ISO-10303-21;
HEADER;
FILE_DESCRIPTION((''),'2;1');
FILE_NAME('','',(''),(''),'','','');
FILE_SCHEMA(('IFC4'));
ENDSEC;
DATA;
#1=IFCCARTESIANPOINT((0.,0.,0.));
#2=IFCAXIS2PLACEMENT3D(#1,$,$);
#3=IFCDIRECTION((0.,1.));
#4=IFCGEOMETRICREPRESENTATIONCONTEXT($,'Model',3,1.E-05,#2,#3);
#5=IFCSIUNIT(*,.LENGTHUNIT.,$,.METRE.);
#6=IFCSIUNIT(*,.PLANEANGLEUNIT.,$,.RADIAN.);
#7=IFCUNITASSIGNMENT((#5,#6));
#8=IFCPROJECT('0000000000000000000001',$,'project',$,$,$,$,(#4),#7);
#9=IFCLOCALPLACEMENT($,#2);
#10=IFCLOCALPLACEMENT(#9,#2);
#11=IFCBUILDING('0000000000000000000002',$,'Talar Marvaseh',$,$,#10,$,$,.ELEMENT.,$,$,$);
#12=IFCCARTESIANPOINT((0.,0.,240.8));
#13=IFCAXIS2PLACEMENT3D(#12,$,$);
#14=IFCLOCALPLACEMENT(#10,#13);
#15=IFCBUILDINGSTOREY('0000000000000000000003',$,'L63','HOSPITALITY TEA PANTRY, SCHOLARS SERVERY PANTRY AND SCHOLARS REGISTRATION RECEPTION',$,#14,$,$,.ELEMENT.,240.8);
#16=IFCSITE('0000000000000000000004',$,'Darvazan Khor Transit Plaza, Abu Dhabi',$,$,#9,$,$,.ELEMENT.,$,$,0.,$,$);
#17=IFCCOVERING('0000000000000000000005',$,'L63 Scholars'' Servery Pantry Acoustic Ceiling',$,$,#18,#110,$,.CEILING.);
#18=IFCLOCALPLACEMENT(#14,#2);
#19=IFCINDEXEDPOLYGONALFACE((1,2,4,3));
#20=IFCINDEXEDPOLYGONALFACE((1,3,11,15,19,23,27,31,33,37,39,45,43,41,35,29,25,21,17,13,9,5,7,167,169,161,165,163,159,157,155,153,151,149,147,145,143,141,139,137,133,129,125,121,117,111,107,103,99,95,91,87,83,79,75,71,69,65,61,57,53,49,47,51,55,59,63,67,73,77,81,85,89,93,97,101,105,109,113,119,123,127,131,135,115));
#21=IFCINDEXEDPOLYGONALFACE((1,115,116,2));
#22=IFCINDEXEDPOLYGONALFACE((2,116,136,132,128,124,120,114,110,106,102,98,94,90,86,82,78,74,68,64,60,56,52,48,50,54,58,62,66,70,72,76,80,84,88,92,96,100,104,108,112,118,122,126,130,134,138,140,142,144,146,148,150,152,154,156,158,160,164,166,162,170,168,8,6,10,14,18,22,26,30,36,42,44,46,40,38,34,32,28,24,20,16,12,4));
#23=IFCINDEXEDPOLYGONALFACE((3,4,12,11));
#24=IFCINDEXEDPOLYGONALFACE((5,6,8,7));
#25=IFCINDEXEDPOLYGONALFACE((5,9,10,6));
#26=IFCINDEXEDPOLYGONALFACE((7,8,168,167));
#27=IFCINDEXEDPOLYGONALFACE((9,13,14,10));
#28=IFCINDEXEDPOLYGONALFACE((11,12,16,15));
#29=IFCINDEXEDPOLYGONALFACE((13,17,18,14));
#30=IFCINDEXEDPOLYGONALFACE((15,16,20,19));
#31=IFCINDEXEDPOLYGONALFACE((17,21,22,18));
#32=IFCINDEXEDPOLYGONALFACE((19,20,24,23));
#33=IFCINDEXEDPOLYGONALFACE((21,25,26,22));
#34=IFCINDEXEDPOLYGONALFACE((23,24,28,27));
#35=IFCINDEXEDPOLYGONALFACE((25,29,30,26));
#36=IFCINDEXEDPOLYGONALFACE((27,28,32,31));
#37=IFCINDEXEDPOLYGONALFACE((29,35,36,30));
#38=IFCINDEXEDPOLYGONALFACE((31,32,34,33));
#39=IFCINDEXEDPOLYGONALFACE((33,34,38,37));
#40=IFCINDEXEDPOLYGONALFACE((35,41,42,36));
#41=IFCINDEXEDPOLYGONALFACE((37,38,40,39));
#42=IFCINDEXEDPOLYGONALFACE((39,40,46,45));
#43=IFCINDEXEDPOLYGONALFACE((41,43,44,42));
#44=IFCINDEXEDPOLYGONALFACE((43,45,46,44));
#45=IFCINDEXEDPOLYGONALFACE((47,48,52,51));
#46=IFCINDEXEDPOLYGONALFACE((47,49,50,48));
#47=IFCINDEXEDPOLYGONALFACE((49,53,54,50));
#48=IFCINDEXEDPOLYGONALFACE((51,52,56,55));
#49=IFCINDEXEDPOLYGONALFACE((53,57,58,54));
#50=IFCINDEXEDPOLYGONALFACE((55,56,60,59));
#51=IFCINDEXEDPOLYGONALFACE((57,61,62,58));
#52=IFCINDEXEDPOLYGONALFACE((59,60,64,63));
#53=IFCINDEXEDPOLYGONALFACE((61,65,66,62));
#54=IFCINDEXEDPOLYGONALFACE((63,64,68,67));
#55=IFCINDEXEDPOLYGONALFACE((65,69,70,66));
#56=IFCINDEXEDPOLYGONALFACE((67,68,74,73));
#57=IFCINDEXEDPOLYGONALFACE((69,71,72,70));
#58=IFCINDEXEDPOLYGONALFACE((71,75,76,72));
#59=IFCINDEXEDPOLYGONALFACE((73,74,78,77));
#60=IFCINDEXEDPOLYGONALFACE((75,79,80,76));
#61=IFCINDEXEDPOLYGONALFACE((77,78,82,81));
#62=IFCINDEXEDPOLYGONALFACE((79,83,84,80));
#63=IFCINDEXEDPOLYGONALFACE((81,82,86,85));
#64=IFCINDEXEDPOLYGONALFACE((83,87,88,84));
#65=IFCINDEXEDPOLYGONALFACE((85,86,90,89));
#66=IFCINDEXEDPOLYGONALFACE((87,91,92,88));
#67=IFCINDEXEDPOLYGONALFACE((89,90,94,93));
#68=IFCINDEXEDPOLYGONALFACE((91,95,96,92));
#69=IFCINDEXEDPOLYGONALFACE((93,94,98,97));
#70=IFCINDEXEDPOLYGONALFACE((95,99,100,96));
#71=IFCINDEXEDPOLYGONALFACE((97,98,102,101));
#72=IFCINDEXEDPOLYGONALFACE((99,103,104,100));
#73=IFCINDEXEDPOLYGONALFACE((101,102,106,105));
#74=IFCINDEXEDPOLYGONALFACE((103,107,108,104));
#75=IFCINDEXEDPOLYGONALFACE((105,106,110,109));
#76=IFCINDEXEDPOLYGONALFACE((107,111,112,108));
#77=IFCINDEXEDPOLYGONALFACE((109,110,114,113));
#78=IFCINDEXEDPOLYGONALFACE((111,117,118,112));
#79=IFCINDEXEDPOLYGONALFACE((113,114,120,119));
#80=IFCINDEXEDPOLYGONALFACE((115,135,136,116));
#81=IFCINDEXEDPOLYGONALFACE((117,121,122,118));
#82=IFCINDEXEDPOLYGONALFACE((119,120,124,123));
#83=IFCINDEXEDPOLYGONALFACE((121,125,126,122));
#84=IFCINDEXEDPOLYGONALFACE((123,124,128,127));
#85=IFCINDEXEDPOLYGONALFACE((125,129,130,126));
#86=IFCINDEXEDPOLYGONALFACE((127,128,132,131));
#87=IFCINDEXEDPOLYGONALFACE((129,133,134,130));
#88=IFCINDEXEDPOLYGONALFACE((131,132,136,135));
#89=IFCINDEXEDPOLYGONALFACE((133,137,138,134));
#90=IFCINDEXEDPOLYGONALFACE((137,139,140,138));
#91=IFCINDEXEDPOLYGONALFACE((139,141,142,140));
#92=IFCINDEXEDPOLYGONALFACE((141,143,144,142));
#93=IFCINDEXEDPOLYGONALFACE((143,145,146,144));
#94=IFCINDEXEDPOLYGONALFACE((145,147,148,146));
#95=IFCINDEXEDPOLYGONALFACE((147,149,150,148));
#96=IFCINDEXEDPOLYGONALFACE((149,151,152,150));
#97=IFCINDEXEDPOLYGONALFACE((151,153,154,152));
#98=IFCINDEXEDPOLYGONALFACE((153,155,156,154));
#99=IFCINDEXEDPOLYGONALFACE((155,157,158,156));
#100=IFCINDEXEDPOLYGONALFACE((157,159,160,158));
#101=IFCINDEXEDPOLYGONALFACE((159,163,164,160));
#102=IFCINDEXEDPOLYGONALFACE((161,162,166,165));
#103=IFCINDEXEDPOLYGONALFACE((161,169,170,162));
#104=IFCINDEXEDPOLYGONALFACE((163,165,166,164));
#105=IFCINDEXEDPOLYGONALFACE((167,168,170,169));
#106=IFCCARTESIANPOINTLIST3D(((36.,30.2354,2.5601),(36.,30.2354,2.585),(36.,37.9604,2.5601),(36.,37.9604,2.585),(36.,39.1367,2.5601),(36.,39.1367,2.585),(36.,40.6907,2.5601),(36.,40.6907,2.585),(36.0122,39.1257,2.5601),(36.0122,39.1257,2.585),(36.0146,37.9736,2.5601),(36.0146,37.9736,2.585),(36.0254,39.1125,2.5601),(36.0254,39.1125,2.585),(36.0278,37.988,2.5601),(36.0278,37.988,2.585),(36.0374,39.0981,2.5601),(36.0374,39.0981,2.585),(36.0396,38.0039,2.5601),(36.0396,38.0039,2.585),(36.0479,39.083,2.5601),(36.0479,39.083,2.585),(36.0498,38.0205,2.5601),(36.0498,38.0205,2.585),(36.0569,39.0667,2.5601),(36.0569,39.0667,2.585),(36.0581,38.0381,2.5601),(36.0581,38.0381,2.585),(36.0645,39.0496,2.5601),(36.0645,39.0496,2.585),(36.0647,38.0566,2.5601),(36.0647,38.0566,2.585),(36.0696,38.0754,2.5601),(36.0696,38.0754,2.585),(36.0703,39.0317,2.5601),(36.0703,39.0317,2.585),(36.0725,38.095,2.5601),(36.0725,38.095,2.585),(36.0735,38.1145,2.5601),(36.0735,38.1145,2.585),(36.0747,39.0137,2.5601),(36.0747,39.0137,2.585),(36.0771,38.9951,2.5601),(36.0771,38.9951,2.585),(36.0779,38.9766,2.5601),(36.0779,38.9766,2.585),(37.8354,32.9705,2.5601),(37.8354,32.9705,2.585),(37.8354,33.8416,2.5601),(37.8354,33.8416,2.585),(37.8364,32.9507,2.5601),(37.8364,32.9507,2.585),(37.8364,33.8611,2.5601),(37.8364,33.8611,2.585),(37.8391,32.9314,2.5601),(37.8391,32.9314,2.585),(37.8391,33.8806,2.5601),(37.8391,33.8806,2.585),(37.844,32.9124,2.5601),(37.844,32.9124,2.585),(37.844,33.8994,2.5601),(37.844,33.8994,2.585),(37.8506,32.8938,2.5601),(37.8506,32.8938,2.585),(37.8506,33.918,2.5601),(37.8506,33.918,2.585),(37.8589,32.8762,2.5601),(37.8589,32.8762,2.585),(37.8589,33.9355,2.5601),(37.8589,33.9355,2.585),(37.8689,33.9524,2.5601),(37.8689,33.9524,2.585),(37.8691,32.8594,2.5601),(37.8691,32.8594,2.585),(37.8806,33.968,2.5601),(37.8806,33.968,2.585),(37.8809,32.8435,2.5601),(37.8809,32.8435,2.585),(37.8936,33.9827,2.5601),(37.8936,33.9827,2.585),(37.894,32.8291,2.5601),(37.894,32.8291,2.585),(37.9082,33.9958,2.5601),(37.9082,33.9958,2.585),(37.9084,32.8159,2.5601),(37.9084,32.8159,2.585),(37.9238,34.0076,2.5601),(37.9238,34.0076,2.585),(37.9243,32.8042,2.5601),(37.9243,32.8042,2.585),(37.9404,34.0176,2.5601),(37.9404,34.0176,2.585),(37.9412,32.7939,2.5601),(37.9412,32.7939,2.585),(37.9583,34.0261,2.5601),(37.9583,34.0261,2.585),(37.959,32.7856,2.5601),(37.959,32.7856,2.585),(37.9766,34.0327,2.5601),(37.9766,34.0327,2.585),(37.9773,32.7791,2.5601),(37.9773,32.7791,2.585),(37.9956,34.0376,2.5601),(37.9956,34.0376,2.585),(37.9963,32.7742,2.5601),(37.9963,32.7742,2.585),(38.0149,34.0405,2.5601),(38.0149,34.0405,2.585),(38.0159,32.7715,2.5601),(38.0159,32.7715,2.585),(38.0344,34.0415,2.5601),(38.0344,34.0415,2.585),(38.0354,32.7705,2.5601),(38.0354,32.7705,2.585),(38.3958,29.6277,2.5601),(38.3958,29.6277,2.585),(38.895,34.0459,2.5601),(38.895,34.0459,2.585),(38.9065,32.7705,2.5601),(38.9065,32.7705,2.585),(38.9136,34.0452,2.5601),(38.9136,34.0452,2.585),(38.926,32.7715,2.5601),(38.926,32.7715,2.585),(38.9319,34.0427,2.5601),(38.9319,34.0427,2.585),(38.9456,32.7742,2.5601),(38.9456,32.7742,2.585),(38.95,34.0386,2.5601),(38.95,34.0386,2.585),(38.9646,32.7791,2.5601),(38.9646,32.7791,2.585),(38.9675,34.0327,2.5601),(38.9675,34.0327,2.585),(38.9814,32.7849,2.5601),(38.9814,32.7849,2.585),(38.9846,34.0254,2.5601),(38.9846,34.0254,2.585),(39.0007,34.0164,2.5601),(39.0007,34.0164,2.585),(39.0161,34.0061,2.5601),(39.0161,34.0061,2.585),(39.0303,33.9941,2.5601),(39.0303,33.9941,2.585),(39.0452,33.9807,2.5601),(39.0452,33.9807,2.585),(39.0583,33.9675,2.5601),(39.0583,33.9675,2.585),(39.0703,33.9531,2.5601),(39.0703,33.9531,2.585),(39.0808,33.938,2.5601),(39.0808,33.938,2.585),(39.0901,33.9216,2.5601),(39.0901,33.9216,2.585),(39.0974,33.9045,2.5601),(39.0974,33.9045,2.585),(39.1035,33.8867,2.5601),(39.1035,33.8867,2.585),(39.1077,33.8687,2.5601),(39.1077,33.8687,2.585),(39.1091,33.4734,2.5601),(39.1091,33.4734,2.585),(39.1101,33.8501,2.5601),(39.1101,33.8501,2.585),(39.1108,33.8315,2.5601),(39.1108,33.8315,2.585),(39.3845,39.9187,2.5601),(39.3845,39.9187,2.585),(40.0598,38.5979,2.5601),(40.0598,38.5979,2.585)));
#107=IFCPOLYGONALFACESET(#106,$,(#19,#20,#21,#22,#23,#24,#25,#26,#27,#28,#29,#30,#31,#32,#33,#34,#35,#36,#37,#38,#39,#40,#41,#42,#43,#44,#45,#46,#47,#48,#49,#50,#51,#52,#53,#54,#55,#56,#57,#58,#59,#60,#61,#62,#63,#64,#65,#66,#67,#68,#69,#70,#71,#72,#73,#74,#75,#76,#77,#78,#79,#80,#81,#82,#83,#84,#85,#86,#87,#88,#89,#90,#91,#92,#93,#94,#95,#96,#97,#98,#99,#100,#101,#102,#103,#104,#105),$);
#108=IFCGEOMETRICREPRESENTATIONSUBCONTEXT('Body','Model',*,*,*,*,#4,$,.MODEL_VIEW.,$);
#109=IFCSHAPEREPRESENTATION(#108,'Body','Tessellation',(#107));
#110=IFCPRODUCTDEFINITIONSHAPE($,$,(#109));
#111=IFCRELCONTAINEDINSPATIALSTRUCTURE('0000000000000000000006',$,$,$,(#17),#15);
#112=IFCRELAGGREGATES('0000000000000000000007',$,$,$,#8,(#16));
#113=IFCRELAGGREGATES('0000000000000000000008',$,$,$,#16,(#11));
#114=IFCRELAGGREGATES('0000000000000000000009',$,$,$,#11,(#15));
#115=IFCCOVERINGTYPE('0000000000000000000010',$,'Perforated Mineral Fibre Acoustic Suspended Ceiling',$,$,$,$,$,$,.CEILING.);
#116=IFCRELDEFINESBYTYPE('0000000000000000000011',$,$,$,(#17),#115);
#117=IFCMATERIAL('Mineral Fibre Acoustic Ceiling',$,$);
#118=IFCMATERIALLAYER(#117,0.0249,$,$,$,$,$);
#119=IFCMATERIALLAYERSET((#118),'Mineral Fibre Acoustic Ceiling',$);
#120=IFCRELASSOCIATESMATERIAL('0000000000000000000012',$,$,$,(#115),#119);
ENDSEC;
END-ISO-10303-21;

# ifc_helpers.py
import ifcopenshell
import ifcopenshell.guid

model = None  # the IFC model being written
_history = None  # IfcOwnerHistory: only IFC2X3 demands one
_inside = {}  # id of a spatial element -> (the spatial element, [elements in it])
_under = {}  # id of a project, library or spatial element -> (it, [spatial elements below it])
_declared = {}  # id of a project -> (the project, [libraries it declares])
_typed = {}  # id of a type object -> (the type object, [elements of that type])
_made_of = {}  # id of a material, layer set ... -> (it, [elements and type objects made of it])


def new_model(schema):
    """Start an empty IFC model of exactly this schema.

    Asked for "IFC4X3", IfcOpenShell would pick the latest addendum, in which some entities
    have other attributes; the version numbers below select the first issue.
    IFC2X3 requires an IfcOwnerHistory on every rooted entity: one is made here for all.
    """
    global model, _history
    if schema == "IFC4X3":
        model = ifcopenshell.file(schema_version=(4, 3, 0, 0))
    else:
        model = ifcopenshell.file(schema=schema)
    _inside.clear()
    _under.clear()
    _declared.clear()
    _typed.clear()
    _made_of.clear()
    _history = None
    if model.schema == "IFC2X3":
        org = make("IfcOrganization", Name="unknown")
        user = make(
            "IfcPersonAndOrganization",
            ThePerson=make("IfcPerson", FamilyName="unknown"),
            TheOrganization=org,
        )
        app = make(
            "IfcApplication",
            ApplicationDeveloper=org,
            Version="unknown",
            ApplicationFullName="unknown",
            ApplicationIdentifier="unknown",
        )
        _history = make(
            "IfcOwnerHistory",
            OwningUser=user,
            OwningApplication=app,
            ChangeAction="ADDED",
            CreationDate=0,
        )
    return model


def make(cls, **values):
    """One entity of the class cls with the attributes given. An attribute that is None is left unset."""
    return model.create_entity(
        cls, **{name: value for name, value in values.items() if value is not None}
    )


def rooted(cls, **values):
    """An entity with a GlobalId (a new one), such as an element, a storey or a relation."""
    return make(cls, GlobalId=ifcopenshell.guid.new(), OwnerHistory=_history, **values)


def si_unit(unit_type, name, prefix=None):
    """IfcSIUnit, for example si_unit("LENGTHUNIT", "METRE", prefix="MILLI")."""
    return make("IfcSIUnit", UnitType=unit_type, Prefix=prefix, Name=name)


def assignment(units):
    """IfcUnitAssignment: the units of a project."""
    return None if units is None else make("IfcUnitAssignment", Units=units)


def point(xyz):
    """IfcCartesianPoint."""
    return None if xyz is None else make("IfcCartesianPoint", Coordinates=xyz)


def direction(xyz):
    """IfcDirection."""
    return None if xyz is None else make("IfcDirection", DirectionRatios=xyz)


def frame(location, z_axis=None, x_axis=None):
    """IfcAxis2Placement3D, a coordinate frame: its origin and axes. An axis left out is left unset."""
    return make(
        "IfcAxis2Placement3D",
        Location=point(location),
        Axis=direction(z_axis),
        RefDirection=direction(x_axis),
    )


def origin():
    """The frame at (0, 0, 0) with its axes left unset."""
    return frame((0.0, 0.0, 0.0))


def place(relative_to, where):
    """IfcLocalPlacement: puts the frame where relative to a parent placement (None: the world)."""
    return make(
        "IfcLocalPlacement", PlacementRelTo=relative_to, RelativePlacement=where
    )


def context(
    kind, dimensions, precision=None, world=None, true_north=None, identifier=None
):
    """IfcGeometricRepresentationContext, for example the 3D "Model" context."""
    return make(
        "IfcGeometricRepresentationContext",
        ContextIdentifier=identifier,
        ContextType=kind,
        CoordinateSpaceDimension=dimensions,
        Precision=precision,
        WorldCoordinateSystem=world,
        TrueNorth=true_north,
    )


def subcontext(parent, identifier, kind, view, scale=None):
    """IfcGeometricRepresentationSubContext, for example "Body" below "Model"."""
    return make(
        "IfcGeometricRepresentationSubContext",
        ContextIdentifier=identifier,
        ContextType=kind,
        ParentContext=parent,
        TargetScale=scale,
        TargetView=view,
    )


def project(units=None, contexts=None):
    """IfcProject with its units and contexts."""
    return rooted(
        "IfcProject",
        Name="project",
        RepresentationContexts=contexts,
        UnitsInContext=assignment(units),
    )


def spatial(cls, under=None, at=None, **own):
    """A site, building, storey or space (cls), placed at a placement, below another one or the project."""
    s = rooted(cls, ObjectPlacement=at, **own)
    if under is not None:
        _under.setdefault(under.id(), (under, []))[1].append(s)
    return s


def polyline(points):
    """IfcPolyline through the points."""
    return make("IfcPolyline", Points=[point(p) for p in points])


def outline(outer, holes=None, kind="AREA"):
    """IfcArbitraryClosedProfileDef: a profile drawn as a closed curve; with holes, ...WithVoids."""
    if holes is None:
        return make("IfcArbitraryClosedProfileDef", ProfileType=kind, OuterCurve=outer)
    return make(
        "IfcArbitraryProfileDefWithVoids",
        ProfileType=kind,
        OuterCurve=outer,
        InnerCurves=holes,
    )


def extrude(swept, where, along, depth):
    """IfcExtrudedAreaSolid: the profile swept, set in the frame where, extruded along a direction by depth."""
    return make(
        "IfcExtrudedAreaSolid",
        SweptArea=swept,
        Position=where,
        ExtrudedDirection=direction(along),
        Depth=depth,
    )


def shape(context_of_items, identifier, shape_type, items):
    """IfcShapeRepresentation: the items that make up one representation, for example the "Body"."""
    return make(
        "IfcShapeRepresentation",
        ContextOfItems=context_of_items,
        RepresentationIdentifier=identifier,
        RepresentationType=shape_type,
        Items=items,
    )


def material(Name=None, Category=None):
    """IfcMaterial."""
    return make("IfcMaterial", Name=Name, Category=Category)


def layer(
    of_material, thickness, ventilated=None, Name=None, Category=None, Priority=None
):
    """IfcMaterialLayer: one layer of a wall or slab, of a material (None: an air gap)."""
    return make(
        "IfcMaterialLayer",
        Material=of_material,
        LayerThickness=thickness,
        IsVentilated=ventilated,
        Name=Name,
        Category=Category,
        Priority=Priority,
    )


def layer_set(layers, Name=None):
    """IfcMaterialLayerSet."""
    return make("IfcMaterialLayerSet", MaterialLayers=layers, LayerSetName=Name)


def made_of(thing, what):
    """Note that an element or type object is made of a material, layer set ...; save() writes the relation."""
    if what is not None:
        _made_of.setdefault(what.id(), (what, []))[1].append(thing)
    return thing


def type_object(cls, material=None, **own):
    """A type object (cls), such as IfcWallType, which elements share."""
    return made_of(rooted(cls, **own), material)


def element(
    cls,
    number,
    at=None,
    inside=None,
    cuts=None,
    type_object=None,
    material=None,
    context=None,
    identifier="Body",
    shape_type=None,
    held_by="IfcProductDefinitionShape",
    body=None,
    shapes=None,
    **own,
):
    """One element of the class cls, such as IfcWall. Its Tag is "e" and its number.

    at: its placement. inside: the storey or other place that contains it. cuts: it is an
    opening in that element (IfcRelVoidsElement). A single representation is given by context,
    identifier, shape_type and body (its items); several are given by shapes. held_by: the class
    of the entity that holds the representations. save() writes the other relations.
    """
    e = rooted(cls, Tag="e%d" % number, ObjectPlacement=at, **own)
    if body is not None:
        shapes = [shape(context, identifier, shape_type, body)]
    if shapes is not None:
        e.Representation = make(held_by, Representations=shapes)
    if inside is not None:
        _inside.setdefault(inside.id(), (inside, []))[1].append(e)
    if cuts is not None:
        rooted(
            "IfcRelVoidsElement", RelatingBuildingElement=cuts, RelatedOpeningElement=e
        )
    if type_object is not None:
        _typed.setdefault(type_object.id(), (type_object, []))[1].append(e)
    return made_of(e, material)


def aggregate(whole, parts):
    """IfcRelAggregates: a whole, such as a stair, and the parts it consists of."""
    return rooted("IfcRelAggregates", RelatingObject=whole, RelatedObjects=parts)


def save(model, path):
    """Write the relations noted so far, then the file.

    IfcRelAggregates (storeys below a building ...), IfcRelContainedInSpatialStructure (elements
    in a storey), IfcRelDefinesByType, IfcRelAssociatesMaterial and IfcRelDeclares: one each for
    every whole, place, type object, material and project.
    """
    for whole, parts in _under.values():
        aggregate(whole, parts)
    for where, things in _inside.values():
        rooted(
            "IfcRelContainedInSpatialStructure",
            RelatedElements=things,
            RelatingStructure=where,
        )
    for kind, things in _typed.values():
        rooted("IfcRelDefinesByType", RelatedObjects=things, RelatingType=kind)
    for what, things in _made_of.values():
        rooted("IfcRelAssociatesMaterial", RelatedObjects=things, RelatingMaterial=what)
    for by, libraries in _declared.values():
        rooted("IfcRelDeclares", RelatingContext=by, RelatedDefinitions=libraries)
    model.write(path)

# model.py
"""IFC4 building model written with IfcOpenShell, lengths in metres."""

from ifc_helpers import new_model, si_unit, direction, frame, origin, place, context, subcontext, project, spatial, polyline, outline, extrude, material, layer, layer_set, type_object, element, save


model = new_model("IFC4")

# Units and contexts
model_context = context("Model", 3, precision=1e-05, world=origin(), true_north=direction((0.0, 1.0)))
body_context = subcontext(model_context, "Body", "Model", "MODEL_VIEW")
ifc_project = project(units=[si_unit("LENGTHUNIT", "METRE"), si_unit("PLANEANGLEUNIT", "RADIAN")], contexts=[model_context])

# Site, building, storey
site_placement = place(None, origin())
site = spatial("IfcSite", under=ifc_project, at=site_placement, Name="Darvazan Khor Transit Plaza, Abu Dhabi", CompositionType="ELEMENT", RefElevation=0.0)
building_placement = place(site_placement, origin())
building = spatial("IfcBuilding", under=site, at=building_placement, Name="Talar Marvaseh", CompositionType="ELEMENT")
storey_placement = place(building_placement, frame((0.0, 0.0, 240.8)))
storey = spatial("IfcBuildingStorey", under=building, at=storey_placement, Name="L63", Description="HOSPITALITY TEA PANTRY, SCHOLARS SERVERY PANTRY AND SCHOLARS REGISTRATION RECEPTION", CompositionType="ELEMENT", Elevation=240.8)

# Covering
ifc_material_1 = material(Name="Mineral Fibre Acoustic Ceiling")
ifc_layer_1 = layer(ifc_material_1, 0.0249)
ifc_layer_set_1 = layer_set([ifc_layer_1], Name="Mineral Fibre Acoustic Ceiling")
covering_type_1 = type_object("IfcCoveringType", Name="Perforated Mineral Fibre Acoustic Suspended Ceiling", PredefinedType="CEILING", material=ifc_layer_set_1)
covering_1_placement = place(storey_placement, frame((0.0, 0.0, 2.5601)))
element("IfcCovering", 1, at=covering_1_placement, inside=storey, type_object=covering_type_1, Name="L63 Scholars' Servery Pantry Acoustic Ceiling", PredefinedType="CEILING", context=body_context, shape_type="SweptSolid", body=[
    extrude(outline(polyline([(40.0598, 38.5979), (39.1091, 33.4734), (39.1108, 33.8315), (39.1101, 33.8501), (39.1077, 33.8687), (39.1035, 33.8867), (39.0974, 33.9045), (39.0901, 33.9216), (39.0808, 33.938), (39.0703, 33.9531), (39.0583, 33.9675), (39.0452, 33.9807), (39.0303, 33.9941), (39.0161, 34.0061), (39.0007, 34.0164), (38.9846, 34.0254), (38.9675, 34.0327), (38.95, 34.0386), (38.9319, 34.0427), (38.9136, 34.0452), (38.895, 34.0459), (38.0344, 34.0415), (38.0149, 34.0405), (37.9956, 34.0376), (37.9766, 34.0327), (37.9583, 34.0261), (37.9404, 34.0176), (37.9238, 34.0076), (37.9082, 33.9958), (37.8936, 33.9827), (37.8806, 33.968), (37.8689, 33.9524), (37.8589, 33.9355), (37.8506, 33.918), (37.844, 33.8994), (37.8391, 33.8806), (37.8364, 33.8611), (37.8354, 33.8416), (37.8354, 32.9705), (37.8364, 32.9507), (37.8391, 32.9314), (37.844, 32.9124), (37.8506, 32.8938), (37.8589, 32.8762), (37.8691, 32.8594), (37.8809, 32.8435), (37.894, 32.8291), (37.9084, 32.8159), (37.9243, 32.8042), (37.9412, 32.7939), (37.959, 32.7856), (37.9773, 32.7791), (37.9963, 32.7742), (38.0159, 32.7715), (38.0354, 32.7705), (38.9065, 32.7705), (38.926, 32.7715), (38.9456, 32.7742), (38.9646, 32.7791), (38.9814, 32.7849), (38.3958, 29.6277), (36.0, 30.2354), (36.0, 37.9604), (36.0, 37.9604), (36.0146, 37.9736), (36.0278, 37.988), (36.0396, 38.0039), (36.0498, 38.0205), (36.0581, 38.0381), (36.0647, 38.0566), (36.0696, 38.0754), (36.0725, 38.095), (36.0735, 38.1145), (36.0779, 38.9766), (36.0771, 38.9951), (36.0747, 39.0137), (36.0703, 39.0317), (36.0645, 39.0496), (36.0569, 39.0667), (36.0479, 39.083), (36.0374, 39.0981), (36.0254, 39.1125), (36.0122, 39.1257), (36.0, 39.1367), (36.0, 40.6907), (39.3845, 39.9187), (40.0598, 38.5979)])), origin(), (0.0, 0.0, 1.0), 0.0249),
])

save(model, "model.ifc")
